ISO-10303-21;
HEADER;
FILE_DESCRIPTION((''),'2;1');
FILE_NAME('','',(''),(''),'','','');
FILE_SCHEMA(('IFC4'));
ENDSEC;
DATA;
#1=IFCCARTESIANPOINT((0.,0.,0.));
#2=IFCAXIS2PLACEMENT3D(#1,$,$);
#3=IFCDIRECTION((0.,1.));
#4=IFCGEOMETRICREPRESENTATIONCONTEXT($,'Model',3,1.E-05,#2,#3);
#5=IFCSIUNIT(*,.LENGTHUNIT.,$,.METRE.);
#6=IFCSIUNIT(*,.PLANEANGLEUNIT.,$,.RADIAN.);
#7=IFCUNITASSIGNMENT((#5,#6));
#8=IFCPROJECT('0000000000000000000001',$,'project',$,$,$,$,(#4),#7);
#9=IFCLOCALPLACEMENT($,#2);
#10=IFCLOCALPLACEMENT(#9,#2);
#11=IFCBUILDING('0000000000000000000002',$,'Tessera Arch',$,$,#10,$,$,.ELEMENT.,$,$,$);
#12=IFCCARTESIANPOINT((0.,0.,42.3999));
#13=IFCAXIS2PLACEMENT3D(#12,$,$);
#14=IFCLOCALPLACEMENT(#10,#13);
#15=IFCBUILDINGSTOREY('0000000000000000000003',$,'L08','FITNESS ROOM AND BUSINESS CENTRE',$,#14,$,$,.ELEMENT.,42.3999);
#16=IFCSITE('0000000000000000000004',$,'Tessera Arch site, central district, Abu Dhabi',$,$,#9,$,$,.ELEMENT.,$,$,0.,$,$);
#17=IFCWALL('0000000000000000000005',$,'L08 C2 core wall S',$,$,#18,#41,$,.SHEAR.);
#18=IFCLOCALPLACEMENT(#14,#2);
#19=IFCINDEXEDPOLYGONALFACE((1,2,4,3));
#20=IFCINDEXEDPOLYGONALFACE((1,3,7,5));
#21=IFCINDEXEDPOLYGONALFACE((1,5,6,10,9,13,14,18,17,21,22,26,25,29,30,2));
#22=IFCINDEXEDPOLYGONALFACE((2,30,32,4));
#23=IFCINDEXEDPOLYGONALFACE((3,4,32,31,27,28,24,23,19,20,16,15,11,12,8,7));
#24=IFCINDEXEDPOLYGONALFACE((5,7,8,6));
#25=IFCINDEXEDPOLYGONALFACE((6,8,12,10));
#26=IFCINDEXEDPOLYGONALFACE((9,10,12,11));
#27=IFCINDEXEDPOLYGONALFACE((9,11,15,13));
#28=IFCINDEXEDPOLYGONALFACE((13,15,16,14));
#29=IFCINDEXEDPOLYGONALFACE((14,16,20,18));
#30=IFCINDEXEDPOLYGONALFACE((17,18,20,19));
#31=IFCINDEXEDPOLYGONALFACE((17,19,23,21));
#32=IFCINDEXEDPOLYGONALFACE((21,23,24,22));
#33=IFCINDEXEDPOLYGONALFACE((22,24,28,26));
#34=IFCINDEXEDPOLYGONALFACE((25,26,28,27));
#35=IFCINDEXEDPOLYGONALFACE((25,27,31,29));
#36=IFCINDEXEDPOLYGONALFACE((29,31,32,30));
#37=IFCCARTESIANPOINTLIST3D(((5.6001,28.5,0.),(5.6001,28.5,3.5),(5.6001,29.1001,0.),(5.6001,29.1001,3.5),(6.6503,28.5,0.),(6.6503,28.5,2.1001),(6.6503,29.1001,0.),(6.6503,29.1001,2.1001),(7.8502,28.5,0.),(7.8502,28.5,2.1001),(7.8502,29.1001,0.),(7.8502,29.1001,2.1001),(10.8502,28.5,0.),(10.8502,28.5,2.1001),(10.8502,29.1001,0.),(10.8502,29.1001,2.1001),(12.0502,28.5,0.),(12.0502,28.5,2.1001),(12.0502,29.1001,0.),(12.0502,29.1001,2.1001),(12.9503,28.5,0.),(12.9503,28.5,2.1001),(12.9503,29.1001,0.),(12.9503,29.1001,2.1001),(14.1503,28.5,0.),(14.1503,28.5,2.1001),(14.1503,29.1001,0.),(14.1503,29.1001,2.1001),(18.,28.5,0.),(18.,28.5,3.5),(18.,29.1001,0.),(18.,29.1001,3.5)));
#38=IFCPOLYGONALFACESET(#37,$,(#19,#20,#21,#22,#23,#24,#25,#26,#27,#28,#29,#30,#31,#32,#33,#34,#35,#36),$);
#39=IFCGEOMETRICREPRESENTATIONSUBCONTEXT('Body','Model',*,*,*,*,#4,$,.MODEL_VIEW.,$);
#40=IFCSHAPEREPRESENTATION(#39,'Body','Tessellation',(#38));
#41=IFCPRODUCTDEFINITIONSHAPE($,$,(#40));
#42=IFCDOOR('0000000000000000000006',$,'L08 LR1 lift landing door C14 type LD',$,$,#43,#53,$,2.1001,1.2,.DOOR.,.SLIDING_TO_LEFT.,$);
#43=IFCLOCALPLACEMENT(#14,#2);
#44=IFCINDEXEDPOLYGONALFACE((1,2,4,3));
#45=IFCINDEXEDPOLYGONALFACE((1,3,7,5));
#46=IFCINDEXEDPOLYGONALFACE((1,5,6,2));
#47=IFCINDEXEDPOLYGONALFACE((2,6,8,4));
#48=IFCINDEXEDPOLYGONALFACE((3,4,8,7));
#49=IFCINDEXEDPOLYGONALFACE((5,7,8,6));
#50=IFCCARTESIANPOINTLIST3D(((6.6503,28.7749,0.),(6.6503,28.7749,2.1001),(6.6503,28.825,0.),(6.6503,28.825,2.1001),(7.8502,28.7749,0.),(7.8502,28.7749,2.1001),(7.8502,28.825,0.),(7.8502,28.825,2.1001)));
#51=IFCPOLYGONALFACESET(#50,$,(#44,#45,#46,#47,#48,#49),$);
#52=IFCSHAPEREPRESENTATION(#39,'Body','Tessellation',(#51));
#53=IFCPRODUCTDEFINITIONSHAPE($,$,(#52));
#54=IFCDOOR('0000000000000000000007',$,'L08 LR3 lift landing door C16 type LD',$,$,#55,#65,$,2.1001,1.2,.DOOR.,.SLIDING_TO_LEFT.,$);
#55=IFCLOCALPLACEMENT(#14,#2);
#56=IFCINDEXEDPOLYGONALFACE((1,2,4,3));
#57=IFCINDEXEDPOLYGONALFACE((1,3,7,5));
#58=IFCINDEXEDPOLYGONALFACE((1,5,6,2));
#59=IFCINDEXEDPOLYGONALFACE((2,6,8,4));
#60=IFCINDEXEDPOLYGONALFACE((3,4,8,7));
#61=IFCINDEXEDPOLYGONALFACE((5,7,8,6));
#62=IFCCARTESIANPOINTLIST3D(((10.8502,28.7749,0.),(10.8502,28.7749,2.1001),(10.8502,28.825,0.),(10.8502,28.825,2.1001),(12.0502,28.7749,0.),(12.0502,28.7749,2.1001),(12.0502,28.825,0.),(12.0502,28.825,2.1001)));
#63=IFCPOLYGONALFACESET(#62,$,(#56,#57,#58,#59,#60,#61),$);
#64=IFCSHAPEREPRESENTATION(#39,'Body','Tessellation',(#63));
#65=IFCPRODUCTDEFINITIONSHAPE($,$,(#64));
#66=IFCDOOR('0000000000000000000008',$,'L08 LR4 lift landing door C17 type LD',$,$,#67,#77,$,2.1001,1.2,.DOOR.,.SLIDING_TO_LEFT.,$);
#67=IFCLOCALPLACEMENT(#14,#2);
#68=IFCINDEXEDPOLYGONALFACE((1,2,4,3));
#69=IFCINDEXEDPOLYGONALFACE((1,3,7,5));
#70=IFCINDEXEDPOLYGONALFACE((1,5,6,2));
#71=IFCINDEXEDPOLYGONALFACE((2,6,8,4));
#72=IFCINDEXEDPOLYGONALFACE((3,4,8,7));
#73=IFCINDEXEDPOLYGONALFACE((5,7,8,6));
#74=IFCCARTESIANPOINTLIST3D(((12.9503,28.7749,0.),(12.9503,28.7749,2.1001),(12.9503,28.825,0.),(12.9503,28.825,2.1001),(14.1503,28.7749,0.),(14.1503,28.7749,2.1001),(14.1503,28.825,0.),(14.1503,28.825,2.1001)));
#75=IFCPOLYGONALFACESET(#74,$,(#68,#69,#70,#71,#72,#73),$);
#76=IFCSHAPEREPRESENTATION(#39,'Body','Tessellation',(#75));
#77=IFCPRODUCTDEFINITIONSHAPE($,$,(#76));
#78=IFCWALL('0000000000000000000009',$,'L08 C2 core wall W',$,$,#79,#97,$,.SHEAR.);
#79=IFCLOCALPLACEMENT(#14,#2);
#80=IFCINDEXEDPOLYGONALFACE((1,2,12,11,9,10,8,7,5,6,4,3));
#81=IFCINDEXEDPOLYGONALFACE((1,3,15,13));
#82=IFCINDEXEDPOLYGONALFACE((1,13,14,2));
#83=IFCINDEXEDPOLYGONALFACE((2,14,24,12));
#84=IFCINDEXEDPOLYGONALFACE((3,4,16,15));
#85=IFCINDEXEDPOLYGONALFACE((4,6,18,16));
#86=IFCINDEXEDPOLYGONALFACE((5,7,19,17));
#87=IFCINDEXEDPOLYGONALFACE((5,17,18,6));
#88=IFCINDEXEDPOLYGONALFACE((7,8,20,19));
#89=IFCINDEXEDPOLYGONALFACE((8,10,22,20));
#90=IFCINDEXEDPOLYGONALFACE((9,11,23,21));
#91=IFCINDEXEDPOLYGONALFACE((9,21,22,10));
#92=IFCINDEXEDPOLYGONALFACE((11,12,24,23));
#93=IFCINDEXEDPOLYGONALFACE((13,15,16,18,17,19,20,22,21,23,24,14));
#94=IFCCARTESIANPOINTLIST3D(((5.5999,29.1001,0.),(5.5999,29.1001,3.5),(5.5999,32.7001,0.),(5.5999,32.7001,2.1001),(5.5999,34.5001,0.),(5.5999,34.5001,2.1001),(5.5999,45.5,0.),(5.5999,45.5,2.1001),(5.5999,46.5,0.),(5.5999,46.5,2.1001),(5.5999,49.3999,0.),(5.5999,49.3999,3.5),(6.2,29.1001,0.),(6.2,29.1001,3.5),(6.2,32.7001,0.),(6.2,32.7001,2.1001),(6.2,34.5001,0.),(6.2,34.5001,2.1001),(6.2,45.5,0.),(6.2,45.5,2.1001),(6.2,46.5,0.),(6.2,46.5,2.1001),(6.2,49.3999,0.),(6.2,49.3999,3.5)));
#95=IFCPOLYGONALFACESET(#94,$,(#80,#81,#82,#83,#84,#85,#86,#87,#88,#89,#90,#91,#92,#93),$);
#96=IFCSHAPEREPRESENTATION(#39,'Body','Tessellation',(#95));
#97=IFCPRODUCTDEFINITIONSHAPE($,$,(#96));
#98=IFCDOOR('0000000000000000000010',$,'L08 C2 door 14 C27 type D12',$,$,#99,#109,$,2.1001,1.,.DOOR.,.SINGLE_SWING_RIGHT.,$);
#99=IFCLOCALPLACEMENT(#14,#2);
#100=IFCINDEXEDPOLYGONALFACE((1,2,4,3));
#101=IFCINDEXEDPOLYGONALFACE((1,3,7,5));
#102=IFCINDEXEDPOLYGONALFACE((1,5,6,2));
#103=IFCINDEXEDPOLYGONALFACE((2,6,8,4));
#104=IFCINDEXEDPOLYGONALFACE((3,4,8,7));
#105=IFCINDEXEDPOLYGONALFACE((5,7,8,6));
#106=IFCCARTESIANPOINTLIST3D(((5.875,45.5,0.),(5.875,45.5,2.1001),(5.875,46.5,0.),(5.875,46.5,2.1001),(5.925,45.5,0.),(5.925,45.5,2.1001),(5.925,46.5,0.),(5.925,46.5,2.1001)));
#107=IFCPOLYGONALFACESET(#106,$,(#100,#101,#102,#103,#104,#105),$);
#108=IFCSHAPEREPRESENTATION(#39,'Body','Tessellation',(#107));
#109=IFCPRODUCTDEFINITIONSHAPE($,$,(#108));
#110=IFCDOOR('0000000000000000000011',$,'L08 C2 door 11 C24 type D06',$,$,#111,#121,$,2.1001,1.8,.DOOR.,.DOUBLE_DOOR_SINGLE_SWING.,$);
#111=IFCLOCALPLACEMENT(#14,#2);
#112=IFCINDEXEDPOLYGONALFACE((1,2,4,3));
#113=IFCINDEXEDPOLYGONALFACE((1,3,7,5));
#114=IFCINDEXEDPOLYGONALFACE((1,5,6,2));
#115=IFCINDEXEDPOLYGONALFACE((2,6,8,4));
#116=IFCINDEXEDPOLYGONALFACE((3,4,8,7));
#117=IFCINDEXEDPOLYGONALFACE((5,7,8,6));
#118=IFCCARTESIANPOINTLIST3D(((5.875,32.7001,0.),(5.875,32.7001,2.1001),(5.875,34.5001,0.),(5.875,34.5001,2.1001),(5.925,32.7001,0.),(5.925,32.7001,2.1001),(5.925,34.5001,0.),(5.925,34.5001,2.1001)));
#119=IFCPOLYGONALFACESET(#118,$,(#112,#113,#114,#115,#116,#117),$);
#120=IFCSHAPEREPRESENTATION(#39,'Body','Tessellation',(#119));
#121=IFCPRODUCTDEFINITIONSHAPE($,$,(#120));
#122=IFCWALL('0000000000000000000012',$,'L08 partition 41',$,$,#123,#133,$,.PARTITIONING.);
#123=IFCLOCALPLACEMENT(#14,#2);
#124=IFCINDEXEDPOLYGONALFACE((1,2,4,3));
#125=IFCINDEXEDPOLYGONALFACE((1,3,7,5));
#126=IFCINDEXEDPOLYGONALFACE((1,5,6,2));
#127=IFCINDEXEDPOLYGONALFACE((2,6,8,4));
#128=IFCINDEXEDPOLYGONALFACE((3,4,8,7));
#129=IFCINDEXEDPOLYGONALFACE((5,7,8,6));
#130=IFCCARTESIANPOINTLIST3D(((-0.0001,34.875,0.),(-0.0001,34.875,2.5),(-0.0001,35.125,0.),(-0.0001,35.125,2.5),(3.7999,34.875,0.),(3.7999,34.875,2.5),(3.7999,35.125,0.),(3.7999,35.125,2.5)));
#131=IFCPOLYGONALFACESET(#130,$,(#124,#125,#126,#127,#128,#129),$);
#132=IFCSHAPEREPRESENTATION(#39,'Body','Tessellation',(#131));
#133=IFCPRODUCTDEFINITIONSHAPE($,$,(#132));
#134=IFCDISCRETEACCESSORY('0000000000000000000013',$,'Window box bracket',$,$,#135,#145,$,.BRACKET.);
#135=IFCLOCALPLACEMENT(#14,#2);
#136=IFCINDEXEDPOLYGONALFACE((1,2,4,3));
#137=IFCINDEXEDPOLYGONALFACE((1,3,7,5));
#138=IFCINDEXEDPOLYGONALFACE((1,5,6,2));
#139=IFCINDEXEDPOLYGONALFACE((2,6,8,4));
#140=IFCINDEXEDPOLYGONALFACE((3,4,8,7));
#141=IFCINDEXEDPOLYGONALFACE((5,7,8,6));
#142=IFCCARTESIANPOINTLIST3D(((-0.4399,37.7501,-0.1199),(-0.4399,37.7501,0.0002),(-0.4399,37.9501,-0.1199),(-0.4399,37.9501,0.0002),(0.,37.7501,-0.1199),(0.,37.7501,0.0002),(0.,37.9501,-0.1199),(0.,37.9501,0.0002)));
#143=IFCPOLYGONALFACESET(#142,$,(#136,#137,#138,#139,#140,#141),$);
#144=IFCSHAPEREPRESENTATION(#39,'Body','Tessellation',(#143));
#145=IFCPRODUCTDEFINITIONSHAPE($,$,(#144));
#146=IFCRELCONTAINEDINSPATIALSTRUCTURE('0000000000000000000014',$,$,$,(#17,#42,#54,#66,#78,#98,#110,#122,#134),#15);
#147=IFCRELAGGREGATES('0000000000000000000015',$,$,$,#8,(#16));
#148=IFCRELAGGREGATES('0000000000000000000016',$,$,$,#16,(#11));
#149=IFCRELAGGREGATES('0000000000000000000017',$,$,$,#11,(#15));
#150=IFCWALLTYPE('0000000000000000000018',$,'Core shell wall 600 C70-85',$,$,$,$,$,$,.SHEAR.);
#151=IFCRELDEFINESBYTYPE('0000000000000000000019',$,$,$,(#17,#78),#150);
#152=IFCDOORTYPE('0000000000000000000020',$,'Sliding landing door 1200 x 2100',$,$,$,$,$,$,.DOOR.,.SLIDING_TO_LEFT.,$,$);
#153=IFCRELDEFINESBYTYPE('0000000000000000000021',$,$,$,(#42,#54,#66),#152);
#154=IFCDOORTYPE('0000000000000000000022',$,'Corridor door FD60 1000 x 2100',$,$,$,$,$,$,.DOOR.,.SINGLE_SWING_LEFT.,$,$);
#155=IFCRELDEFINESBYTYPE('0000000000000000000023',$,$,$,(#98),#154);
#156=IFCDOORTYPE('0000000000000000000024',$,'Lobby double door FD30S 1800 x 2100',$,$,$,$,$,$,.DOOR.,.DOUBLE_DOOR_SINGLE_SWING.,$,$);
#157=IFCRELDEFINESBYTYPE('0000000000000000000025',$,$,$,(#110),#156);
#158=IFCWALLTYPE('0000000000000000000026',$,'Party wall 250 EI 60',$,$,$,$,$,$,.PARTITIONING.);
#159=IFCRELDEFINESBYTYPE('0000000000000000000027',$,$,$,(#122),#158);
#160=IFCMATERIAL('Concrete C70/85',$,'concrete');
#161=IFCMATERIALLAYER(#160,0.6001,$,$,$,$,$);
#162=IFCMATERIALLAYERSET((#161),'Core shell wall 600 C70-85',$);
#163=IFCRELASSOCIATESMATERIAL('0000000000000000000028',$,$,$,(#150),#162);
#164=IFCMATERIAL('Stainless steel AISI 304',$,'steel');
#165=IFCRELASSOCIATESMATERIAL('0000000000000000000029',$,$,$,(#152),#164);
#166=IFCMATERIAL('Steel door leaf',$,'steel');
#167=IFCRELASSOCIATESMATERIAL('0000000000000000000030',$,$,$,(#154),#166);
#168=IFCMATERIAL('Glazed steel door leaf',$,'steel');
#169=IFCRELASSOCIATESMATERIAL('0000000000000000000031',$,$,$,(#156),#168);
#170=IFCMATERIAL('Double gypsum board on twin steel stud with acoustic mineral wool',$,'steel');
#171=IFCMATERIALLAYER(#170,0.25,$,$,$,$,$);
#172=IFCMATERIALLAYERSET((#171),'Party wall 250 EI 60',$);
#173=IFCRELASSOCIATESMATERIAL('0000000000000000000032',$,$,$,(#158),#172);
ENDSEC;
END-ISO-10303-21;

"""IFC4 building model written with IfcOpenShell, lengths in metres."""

from ifc_helpers import new_model, si_unit, direction, frame, frame_2d, origin, origin_2d, place, context, subcontext, project, spatial, rectangle, extrude, material, layer, layer_set, type_object, element, fill, save


model = new_model("IFC4")

# Units and contexts
model_context = context("Model", 3, precision=1e-05, world=origin(), true_north=direction((0.0, 1.0)))
body_context = subcontext(model_context, "Body", "Model", "MODEL_VIEW")
ifc_project = project(units=[si_unit("LENGTHUNIT", "METRE"), si_unit("PLANEANGLEUNIT", "RADIAN")], contexts=[model_context])

# Site, building, storey
site_placement = place(None, origin())
site = spatial("IfcSite", under=ifc_project, at=site_placement, Name="Tessera Arch site, central district, Abu Dhabi", CompositionType="ELEMENT", RefElevation=0.0)
building_placement = place(site_placement, origin())
building = spatial("IfcBuilding", under=site, at=building_placement, Name="Tessera Arch", CompositionType="ELEMENT")
storey_placement = place(building_placement, frame((0.0, 0.0, 42.3999)))
storey = spatial("IfcBuildingStorey", under=building, at=storey_placement, Name="L08", Description="FITNESS ROOM AND BUSINESS CENTRE", CompositionType="ELEMENT", Elevation=42.3999)

# Walls, openings, doors
ifc_material_1 = material(Name="Concrete C70/85", Category="concrete")
ifc_layer_1 = layer(ifc_material_1, 0.6001)
ifc_layer_set_1 = layer_set([ifc_layer_1], Name="Core shell wall 600 C70-85")
wall_type_1 = type_object("IfcWallType", Name="Core shell wall 600 C70-85", PredefinedType="SHEAR", material=ifc_layer_set_1)
wall_1_placement = place(storey_placement, frame((5.6001, 28.8, 0.0), z_axis=(0.0, 0.0, 1.0), x_axis=(1.0, 0.0, 0.0)))
wall_1 = element("IfcWall", 1, at=wall_1_placement, inside=storey, type_object=wall_type_1, Name="L08 C2 core wall S", PredefinedType="SHEAR", context=body_context, shape_type="SweptSolid", body=[
    extrude(rectangle(XDim=12.3999, YDim=0.6001, at=frame_2d((6.2, 0.0))), origin(), (0.0, 0.0, 1.0), 3.5),
])
opening_1_placement = place(wall_1_placement, frame((1.05, 0.0, 0.0)))
opening_1 = element("IfcOpeningElement", 2, at=opening_1_placement, cuts=wall_1, PredefinedType="OPENING", context=body_context, shape_type="SweptSolid", body=[
    extrude(rectangle(XDim=1.2, YDim=2.1001, at=frame_2d((0.6001, 1.05))), frame((0.0, 0.3101, 0.0), z_axis=(0.0, -1.0, 0.0), x_axis=(1.0, 0.0, 0.0)), (0.0, 0.0, 1.0), 0.6201),
])
opening_2_placement = place(wall_1_placement, frame((5.25, 0.0, 0.0)))
opening_2 = element("IfcOpeningElement", 3, at=opening_2_placement, cuts=wall_1, PredefinedType="OPENING", context=body_context, shape_type="SweptSolid", body=[
    extrude(rectangle(XDim=1.2, YDim=2.1001, at=frame_2d((0.6001, 1.05))), frame((0.0, 0.3101, 0.0), z_axis=(0.0, -1.0, 0.0), x_axis=(1.0, 0.0, 0.0)), (0.0, 0.0, 1.0), 0.6201),
])
opening_3_placement = place(wall_1_placement, frame((7.3501, 0.0, 0.0)))
opening_3 = element("IfcOpeningElement", 4, at=opening_3_placement, cuts=wall_1, PredefinedType="OPENING", context=body_context, shape_type="SweptSolid", body=[
    extrude(rectangle(XDim=1.2, YDim=2.1001, at=frame_2d((0.6001, 1.05))), frame((0.0, 0.3101, 0.0), z_axis=(0.0, -1.0, 0.0), x_axis=(1.0, 0.0, 0.0)), (0.0, 0.0, 1.0), 0.6201),
])
ifc_material_2 = material(Name="Stainless steel AISI 304", Category="steel")
door_type_1 = type_object("IfcDoorType", Name="Sliding landing door 1200 x 2100", OperationType="SLIDING_TO_LEFT", PredefinedType="DOOR", material=ifc_material_2)
door_1_placement = place(opening_1_placement, origin())
door_1 = element("IfcDoor", 5, at=door_1_placement, inside=storey, type_object=door_type_1, Name="L08 LR1 lift landing door C14 type LD", OperationType="SLIDING_TO_LEFT", OverallHeight=2.1001, OverallWidth=1.2, PredefinedType="DOOR", context=body_context, shape_type="SweptSolid", body=[
    extrude(rectangle(XDim=1.2, YDim=2.1001, at=frame_2d((0.6001, 1.05))), frame((0.0, 0.0249, 0.0), z_axis=(0.0, -1.0, 0.0), x_axis=(1.0, 0.0, 0.0)), (0.0, 0.0, 1.0), 0.05),
])
fill(opening_1, door_1)
door_2_placement = place(opening_2_placement, origin())
door_2 = element("IfcDoor", 6, at=door_2_placement, inside=storey, type_object=door_type_1, Name="L08 LR3 lift landing door C16 type LD", OperationType="SLIDING_TO_LEFT", OverallHeight=2.1001, OverallWidth=1.2, PredefinedType="DOOR", context=body_context, shape_type="SweptSolid", body=[
    extrude(rectangle(XDim=1.2, YDim=2.1001, at=frame_2d((0.6001, 1.05))), frame((0.0, 0.0249, 0.0), z_axis=(0.0, -1.0, 0.0), x_axis=(1.0, 0.0, 0.0)), (0.0, 0.0, 1.0), 0.05),
])
fill(opening_2, door_2)
door_3_placement = place(opening_3_placement, origin())
door_3 = element("IfcDoor", 7, at=door_3_placement, inside=storey, type_object=door_type_1, Name="L08 LR4 lift landing door C17 type LD", OperationType="SLIDING_TO_LEFT", OverallHeight=2.1001, OverallWidth=1.2, PredefinedType="DOOR", context=body_context, shape_type="SweptSolid", body=[
    extrude(rectangle(XDim=1.2, YDim=2.1001, at=frame_2d((0.6001, 1.05))), frame((0.0, 0.0249, 0.0), z_axis=(0.0, -1.0, 0.0), x_axis=(1.0, 0.0, 0.0)), (0.0, 0.0, 1.0), 0.05),
])
fill(opening_3, door_3)
wall_2_placement = place(storey_placement, frame((5.8999, 29.1001, 0.0), z_axis=(0.0, 0.0, 1.0), x_axis=(0.0, 1.0, 0.0)))
wall_2 = element("IfcWall", 8, at=wall_2_placement, inside=storey, type_object=wall_type_1, Name="L08 C2 core wall W", PredefinedType="SHEAR", context=body_context, shape_type="SweptSolid", body=[
    extrude(rectangle(XDim=20.2998, YDim=0.6001, at=frame_2d((10.1499, 0.0))), origin(), (0.0, 0.0, 1.0), 3.5),
])
opening_4_placement = place(wall_2_placement, frame((3.6001, 0.0, 0.0)))
opening_4 = element("IfcOpeningElement", 9, at=opening_4_placement, cuts=wall_2, PredefinedType="OPENING", context=body_context, shape_type="SweptSolid", body=[
    extrude(rectangle(XDim=1.8, YDim=2.1001, at=frame_2d((0.8999, 1.05))), frame((0.0, 0.3101, 0.0), z_axis=(0.0, -1.0, 0.0), x_axis=(1.0, 0.0, 0.0)), (0.0, 0.0, 1.0), 0.6201),
])
opening_5_placement = place(wall_2_placement, frame((16.3999, 0.0, 0.0)))
opening_5 = element("IfcOpeningElement", 10, at=opening_5_placement, cuts=wall_2, PredefinedType="OPENING", context=body_context, shape_type="SweptSolid", body=[
    extrude(rectangle(XDim=1.0, YDim=2.1001, at=frame_2d((0.5, 1.05))), frame((0.0, 0.3101, 0.0), z_axis=(0.0, -1.0, 0.0), x_axis=(1.0, 0.0, 0.0)), (0.0, 0.0, 1.0), 0.6201),
])
ifc_material_3 = material(Name="Steel door leaf", Category="steel")
door_type_2 = type_object("IfcDoorType", Name="Corridor door FD60 1000 x 2100", OperationType="SINGLE_SWING_LEFT", PredefinedType="DOOR", material=ifc_material_3)
door_4_placement = place(opening_5_placement, origin())
door_4 = element("IfcDoor", 11, at=door_4_placement, inside=storey, type_object=door_type_2, Name="L08 C2 door 14 C27 type D12", OperationType="SINGLE_SWING_RIGHT", OverallHeight=2.1001, OverallWidth=1.0, PredefinedType="DOOR", context=body_context, shape_type="SweptSolid", body=[
    extrude(rectangle(XDim=1.0, YDim=2.1001, at=frame_2d((0.5, 1.05))), frame((0.0, 0.0249, 0.0), z_axis=(0.0, -1.0, 0.0), x_axis=(1.0, 0.0, 0.0)), (0.0, 0.0, 1.0), 0.05),
])
fill(opening_5, door_4)
ifc_material_4 = material(Name="Glazed steel door leaf", Category="steel")
door_type_3 = type_object("IfcDoorType", Name="Lobby double door FD30S 1800 x 2100", OperationType="DOUBLE_DOOR_SINGLE_SWING", PredefinedType="DOOR", material=ifc_material_4)
door_5_placement = place(opening_4_placement, origin())
door_5 = element("IfcDoor", 12, at=door_5_placement, inside=storey, type_object=door_type_3, Name="L08 C2 door 11 C24 type D06", OperationType="DOUBLE_DOOR_SINGLE_SWING", OverallHeight=2.1001, OverallWidth=1.8, PredefinedType="DOOR", context=body_context, shape_type="SweptSolid", body=[
    extrude(rectangle(XDim=1.8, YDim=2.1001, at=frame_2d((0.8999, 1.05))), frame((0.0, 0.0249, 0.0), z_axis=(0.0, -1.0, 0.0), x_axis=(1.0, 0.0, 0.0)), (0.0, 0.0, 1.0), 0.05),
])
fill(opening_4, door_5)

# Wall
ifc_material_5 = material(Name="Double gypsum board on twin steel stud with acoustic mineral wool", Category="steel")
ifc_layer_2 = layer(ifc_material_5, 0.25)
ifc_layer_set_2 = layer_set([ifc_layer_2], Name="Party wall 250 EI 60")
wall_type_2 = type_object("IfcWallType", Name="Party wall 250 EI 60", PredefinedType="PARTITIONING", material=ifc_layer_set_2)
wall_3_placement = place(storey_placement, frame((0.0, 35.0, 0.0), z_axis=(0.0, 0.0, 1.0), x_axis=(1.0, 0.0, 0.0)))
element("IfcWall", 13, at=wall_3_placement, inside=storey, type_object=wall_type_2, Name="L08 partition 41", PredefinedType="PARTITIONING", context=body_context, shape_type="SweptSolid", body=[
    extrude(rectangle(XDim=3.8, YDim=0.25, at=frame_2d((1.8999, 0.0))), origin(), (0.0, 0.0, 1.0), 2.5),
])

# Discrete accessory
discrete_accessory_placement = place(storey_placement, frame((-0.22, 37.8501, -0.1199), z_axis=(0.0, 0.0, 1.0), x_axis=(-1.0, 0.0, 0.0)))
element("IfcDiscreteAccessory", 14, at=discrete_accessory_placement, inside=storey, Name="Window box bracket", PredefinedType="BRACKET", context=body_context, shape_type="SweptSolid", body=[
    extrude(rectangle(XDim=0.4399, YDim=0.2, at=origin_2d()), origin(), (0.0, 0.0, 1.0), 0.1201),
])

save(model, "model.ifc")
